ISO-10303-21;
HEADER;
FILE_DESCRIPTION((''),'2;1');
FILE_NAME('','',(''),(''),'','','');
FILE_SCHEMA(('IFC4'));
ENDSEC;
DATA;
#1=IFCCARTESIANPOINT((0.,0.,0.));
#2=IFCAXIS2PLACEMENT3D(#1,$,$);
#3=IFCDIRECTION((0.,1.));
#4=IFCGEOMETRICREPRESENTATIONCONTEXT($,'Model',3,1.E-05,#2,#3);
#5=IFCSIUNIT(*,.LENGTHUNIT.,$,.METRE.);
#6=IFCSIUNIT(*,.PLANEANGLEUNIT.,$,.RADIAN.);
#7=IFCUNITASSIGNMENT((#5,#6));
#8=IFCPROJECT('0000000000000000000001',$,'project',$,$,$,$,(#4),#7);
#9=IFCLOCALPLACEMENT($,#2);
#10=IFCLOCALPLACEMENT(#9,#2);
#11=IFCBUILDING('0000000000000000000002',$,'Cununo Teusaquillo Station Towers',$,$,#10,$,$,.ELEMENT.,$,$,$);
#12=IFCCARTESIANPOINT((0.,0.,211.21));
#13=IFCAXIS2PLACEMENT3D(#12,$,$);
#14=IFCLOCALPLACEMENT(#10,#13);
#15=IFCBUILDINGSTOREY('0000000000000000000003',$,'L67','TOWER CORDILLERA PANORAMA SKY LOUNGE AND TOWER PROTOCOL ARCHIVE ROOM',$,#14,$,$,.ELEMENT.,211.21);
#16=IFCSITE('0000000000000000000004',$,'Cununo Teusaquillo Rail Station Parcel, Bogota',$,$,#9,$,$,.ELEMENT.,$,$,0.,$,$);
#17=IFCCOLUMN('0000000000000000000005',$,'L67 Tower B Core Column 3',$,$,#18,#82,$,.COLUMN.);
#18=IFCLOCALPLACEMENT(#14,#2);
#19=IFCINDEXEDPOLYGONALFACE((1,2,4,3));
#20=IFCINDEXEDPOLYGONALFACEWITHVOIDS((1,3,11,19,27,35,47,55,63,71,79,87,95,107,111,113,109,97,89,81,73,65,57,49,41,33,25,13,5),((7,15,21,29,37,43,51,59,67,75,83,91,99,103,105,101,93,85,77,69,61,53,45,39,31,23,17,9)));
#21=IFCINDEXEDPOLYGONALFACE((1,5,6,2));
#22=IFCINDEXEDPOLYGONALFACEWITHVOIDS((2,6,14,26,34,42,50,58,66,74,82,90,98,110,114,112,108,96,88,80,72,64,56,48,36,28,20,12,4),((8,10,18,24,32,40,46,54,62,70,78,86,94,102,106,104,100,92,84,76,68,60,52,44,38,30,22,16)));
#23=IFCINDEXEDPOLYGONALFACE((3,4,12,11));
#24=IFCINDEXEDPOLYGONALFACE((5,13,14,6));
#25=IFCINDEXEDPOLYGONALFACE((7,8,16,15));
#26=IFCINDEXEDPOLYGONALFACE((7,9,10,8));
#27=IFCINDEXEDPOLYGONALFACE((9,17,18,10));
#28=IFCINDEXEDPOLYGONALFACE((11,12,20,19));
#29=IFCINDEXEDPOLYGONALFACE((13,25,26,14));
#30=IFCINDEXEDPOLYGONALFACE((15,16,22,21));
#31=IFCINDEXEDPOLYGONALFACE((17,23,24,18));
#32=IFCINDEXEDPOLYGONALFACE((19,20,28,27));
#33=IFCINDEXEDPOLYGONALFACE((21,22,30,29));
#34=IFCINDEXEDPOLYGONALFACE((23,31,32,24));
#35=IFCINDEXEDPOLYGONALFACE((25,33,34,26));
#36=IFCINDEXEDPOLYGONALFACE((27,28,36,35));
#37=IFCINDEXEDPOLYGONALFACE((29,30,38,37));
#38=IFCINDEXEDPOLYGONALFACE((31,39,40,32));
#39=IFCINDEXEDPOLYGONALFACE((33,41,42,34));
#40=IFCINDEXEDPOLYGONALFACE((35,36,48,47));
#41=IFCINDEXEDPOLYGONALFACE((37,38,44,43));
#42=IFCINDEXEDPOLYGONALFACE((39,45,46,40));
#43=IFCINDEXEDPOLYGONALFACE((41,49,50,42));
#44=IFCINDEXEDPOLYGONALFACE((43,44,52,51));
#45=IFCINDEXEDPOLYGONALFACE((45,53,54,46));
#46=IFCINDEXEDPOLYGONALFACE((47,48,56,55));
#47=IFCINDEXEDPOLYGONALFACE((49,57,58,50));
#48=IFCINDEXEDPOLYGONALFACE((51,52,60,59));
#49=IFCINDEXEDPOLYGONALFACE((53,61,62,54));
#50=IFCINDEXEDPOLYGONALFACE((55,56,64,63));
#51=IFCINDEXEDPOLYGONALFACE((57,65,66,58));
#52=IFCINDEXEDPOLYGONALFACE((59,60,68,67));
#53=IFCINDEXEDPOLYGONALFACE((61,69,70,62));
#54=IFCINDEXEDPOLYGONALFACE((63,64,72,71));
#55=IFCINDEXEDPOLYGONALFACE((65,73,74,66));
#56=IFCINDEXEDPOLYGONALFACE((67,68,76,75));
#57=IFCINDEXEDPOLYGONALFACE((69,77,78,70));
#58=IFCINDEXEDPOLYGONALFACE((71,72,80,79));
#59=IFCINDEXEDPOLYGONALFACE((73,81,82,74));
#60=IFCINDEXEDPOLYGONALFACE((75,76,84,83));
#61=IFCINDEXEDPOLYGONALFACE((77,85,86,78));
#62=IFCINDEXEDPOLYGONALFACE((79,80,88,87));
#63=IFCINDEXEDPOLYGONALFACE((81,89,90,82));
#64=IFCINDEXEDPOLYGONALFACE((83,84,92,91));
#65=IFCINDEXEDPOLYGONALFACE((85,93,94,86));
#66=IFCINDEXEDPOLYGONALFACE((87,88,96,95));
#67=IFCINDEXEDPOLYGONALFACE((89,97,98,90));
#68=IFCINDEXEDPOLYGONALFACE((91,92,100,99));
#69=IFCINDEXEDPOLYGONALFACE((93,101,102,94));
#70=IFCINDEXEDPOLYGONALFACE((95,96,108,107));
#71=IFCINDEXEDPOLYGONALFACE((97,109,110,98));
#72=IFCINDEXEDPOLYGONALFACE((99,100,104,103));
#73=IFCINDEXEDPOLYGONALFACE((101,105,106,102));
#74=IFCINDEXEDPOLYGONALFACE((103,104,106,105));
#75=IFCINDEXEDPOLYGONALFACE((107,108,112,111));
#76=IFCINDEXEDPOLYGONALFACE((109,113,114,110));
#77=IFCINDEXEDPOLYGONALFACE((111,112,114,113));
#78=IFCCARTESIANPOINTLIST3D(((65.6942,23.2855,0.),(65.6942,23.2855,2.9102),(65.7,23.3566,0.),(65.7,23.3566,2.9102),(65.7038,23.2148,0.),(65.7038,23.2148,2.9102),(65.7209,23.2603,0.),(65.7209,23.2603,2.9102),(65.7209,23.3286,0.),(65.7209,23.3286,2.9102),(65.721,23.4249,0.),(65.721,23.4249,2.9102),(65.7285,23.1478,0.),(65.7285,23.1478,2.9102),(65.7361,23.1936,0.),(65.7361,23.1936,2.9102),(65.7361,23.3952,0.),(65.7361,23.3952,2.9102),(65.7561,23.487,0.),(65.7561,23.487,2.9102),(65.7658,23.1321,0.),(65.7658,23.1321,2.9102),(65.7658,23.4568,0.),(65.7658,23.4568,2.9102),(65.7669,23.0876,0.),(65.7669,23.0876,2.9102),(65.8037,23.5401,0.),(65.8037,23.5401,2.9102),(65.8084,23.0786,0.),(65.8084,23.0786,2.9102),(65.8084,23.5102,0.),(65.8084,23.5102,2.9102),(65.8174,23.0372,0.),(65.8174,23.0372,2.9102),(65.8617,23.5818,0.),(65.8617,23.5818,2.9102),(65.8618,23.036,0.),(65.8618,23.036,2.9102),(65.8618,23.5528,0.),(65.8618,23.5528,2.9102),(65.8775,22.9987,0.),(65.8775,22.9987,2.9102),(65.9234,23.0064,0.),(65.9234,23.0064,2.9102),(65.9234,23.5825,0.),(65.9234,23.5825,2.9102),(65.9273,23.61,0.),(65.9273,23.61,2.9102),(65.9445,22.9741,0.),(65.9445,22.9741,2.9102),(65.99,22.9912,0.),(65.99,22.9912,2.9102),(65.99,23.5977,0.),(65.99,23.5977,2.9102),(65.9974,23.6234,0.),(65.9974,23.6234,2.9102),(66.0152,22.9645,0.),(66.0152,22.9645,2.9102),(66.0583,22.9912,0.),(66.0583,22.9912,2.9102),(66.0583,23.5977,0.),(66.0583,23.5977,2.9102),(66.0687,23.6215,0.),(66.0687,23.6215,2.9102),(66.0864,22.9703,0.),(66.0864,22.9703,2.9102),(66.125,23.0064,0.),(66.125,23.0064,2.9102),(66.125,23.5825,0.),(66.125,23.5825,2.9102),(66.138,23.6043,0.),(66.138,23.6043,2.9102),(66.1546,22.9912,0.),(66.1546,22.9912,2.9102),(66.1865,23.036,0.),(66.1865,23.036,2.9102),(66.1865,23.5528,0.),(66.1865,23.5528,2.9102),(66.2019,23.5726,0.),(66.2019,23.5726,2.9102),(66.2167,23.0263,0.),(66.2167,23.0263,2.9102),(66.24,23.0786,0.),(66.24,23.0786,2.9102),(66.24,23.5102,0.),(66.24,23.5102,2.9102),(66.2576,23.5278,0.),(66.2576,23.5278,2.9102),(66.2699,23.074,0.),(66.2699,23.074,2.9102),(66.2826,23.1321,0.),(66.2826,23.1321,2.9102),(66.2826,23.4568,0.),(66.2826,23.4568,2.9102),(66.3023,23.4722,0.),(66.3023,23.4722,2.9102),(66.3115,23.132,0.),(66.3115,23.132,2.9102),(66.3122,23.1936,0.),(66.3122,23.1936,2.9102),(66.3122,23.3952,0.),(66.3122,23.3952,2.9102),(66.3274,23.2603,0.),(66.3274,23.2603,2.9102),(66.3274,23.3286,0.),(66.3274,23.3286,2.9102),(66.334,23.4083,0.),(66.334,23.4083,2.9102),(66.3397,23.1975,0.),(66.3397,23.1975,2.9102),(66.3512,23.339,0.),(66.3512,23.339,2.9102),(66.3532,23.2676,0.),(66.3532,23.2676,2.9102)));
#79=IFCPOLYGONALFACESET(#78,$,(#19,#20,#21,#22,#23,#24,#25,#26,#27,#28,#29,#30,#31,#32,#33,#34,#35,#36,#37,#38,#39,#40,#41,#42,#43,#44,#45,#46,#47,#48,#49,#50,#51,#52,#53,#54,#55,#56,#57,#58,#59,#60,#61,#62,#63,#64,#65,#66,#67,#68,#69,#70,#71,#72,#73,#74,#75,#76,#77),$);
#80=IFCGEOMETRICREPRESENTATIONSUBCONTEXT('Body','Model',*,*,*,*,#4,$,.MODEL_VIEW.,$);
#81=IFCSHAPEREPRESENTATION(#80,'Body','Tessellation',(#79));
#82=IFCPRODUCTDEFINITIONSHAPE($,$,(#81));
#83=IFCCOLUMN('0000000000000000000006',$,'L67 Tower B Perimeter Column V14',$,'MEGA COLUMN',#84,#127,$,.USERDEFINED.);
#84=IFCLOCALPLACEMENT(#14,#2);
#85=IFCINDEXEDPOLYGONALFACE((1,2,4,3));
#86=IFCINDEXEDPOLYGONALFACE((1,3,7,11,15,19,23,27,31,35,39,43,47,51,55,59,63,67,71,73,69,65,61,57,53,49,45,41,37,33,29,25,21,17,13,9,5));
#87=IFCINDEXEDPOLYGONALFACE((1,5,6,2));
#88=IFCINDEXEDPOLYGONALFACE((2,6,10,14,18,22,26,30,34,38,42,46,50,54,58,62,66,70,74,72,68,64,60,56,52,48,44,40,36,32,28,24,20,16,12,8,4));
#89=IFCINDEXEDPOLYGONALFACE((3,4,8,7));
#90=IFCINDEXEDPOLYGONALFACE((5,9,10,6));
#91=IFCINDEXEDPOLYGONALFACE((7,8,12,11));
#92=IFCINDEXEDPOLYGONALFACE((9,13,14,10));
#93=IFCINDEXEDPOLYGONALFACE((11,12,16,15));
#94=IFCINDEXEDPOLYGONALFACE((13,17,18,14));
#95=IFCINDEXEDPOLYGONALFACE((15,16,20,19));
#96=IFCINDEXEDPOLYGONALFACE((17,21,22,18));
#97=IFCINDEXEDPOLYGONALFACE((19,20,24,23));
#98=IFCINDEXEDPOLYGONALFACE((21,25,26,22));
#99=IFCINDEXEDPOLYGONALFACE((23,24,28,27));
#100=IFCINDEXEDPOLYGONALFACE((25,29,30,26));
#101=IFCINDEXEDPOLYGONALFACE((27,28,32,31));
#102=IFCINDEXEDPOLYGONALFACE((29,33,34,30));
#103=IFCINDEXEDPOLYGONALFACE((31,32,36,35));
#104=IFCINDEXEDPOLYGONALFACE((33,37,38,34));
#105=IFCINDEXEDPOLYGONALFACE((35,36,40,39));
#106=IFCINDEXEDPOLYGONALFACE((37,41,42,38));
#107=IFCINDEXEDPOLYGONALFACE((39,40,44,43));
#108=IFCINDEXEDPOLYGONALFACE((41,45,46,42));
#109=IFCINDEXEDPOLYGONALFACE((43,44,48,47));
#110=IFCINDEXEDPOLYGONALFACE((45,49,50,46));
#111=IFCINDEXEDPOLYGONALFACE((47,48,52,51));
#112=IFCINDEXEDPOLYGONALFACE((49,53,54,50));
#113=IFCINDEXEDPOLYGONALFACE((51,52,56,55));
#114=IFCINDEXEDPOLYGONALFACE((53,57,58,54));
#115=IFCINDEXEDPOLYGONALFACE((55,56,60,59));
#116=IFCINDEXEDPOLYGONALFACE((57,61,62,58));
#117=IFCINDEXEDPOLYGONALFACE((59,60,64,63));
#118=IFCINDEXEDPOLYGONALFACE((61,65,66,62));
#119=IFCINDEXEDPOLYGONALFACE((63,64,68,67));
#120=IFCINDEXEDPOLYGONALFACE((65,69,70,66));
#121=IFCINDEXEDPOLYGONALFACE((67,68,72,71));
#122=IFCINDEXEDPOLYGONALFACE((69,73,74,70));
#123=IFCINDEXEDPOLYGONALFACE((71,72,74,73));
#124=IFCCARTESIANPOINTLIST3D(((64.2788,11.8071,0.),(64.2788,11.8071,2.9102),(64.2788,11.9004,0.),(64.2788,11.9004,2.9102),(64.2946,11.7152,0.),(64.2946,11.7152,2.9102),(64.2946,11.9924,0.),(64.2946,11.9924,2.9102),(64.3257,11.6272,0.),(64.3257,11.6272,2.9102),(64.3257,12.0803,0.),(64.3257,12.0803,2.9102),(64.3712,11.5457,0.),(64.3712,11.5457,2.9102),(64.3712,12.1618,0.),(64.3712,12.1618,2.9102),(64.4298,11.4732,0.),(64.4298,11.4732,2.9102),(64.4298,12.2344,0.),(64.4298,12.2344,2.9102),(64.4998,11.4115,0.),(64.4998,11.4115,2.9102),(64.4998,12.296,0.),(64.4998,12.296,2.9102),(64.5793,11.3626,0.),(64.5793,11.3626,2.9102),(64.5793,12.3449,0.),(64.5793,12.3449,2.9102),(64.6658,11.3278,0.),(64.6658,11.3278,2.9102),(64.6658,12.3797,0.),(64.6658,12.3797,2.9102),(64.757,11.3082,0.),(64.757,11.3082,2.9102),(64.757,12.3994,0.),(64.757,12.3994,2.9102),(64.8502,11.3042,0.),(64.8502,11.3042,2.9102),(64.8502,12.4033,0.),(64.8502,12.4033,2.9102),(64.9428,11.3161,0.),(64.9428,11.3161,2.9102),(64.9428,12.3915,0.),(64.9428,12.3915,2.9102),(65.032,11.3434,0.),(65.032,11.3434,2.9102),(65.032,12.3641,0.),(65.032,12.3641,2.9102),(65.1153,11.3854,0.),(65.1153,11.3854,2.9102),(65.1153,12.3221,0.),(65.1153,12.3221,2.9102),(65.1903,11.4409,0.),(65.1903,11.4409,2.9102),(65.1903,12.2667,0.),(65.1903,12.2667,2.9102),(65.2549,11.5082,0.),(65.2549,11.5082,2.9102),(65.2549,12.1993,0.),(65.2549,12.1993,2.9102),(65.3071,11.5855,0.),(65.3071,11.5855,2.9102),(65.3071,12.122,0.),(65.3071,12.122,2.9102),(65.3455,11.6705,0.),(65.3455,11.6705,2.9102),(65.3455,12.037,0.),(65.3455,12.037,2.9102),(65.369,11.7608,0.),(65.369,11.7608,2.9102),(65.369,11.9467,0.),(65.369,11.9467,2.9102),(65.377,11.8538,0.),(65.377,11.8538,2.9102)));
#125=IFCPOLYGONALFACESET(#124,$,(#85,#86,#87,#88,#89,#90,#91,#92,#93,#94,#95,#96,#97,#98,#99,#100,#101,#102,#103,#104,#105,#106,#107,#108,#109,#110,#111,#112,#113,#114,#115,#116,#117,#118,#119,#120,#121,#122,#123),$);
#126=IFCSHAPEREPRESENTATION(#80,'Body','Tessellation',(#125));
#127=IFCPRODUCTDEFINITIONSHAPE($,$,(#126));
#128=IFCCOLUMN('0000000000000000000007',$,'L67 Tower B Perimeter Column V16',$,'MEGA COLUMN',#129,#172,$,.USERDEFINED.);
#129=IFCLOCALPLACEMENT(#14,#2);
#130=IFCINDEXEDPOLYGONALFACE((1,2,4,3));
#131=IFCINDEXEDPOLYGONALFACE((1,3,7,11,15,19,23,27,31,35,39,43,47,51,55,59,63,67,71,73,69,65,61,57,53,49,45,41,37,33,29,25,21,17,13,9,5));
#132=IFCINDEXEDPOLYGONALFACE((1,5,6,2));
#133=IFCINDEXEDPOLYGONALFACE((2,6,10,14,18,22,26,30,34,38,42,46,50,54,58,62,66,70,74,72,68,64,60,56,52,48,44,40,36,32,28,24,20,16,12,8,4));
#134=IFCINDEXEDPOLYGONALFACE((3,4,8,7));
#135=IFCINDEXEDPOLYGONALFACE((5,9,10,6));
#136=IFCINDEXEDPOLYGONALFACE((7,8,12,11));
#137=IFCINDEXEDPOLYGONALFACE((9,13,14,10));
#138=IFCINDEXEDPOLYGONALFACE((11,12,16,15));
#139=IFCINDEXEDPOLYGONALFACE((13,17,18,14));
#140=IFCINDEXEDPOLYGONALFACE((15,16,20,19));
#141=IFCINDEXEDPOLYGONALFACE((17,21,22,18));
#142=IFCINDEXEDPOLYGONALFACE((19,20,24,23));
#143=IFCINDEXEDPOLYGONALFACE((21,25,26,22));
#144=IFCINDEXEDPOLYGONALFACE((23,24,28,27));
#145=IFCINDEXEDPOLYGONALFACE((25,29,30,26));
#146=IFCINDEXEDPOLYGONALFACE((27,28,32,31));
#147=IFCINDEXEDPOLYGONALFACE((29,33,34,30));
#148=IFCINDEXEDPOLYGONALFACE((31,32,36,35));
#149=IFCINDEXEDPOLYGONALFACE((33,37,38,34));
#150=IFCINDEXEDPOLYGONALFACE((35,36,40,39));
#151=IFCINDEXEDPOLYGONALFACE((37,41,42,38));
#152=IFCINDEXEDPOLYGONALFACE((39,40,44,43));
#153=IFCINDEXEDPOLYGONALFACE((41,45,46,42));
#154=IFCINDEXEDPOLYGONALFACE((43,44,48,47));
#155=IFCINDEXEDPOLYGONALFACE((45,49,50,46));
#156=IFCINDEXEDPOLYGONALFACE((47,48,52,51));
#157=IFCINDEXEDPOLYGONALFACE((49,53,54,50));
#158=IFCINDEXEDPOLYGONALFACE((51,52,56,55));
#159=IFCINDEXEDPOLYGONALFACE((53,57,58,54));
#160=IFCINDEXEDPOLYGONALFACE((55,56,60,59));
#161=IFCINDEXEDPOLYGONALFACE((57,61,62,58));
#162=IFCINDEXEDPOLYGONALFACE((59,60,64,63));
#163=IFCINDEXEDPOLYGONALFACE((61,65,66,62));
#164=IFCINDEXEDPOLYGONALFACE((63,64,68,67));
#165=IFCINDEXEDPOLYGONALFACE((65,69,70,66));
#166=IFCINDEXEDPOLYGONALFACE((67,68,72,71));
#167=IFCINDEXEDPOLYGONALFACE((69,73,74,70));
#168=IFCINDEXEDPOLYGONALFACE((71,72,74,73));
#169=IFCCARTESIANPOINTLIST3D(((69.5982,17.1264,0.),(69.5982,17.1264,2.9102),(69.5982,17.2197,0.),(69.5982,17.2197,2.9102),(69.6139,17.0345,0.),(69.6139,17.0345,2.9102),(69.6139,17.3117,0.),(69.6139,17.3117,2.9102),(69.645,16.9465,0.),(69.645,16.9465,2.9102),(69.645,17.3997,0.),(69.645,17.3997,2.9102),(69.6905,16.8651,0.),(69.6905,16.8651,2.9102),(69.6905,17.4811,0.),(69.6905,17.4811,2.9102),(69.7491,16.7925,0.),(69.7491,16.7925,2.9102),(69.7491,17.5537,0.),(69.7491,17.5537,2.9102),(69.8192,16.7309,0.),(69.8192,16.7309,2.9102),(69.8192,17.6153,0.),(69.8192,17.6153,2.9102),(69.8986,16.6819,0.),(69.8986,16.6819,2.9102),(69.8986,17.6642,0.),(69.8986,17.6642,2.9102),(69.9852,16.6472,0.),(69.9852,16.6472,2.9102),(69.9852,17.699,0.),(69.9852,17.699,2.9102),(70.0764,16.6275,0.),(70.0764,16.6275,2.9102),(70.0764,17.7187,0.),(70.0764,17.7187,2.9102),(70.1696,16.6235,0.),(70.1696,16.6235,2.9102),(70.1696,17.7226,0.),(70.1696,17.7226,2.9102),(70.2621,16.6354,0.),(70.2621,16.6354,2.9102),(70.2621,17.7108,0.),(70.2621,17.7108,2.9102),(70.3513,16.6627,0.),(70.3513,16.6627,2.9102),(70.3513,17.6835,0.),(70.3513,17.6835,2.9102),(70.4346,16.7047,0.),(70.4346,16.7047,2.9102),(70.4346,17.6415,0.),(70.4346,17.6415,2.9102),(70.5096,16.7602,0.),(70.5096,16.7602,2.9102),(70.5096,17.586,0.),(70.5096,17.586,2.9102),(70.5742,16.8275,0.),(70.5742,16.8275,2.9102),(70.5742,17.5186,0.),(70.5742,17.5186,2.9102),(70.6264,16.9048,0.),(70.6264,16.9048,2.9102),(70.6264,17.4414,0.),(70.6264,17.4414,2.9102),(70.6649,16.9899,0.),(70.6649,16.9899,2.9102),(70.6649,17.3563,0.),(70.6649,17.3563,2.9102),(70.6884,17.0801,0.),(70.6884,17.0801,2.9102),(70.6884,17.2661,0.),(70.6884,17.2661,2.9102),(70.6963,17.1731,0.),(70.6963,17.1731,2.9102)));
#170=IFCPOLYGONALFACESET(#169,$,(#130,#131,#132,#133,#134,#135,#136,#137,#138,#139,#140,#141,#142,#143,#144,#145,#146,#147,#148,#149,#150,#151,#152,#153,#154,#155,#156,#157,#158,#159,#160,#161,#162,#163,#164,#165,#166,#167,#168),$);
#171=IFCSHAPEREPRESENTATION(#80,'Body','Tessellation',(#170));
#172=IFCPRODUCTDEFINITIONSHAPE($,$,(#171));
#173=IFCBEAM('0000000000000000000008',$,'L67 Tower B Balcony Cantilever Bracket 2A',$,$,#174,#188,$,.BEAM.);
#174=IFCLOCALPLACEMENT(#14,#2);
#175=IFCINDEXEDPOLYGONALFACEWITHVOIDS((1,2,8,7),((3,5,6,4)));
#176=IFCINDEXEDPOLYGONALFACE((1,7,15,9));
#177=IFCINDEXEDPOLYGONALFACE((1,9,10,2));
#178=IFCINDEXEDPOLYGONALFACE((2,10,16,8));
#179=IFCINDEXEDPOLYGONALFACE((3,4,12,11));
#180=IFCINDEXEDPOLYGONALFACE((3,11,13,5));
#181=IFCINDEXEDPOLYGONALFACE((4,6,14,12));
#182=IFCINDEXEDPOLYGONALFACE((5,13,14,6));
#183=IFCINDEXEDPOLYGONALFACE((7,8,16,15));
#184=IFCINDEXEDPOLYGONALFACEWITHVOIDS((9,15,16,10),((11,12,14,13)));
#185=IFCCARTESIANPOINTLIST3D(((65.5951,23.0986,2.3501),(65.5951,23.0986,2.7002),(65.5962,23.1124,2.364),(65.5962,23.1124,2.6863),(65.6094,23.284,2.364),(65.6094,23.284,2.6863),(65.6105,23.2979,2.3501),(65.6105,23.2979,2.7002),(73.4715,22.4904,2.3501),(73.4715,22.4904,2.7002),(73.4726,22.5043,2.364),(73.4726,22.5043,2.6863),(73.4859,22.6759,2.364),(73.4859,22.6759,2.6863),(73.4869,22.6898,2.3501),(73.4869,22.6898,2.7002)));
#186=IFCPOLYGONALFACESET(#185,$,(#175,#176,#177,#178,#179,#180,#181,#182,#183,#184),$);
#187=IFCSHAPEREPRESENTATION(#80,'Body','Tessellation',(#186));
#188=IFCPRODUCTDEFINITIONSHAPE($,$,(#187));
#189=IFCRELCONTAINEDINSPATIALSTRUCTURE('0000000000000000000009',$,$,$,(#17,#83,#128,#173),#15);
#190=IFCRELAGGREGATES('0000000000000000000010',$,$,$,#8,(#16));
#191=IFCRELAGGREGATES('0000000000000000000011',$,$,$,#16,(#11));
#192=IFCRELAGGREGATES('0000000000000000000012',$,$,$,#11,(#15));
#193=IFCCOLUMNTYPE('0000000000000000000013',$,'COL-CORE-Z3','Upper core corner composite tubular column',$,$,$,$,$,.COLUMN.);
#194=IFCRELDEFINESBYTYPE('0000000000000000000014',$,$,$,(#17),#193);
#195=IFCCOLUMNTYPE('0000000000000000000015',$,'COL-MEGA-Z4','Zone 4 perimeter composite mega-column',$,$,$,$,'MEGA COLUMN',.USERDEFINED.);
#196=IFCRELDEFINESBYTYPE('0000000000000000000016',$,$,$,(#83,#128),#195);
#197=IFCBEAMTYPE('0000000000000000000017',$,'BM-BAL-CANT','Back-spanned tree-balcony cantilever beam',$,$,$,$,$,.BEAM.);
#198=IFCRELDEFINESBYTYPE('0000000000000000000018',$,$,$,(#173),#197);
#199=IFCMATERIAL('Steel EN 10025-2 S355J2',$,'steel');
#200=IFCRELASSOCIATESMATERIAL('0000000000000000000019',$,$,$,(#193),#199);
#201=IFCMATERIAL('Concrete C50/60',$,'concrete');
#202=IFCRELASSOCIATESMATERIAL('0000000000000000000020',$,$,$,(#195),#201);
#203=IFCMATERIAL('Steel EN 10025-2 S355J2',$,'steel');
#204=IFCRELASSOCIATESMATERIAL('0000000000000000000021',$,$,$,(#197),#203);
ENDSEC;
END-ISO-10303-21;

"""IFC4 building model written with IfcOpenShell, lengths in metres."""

from ifc_helpers import new_model, si_unit, direction, frame, origin, origin_2d, place, context, subcontext, project, spatial, hollow_rectangle, circle, hollow_circle, extrude, material, material_profile, profile_set, type_object, element, save


model = new_model("IFC4")

# Units and contexts
model_context = context("Model", 3, precision=1e-05, world=origin(), true_north=direction((0.0, 1.0)))
body_context = subcontext(model_context, "Body", "Model", "MODEL_VIEW")
ifc_project = project(units=[si_unit("LENGTHUNIT", "METRE"), si_unit("PLANEANGLEUNIT", "RADIAN")], contexts=[model_context])

# Site, building, storey
site_placement = place(None, origin())
site = spatial("IfcSite", under=ifc_project, at=site_placement, Name="Cununo Teusaquillo Rail Station Parcel, Bogota", CompositionType="ELEMENT", RefElevation=0.0)
building_placement = place(site_placement, origin())
building = spatial("IfcBuilding", under=site, at=building_placement, Name="Cununo Teusaquillo Station Towers", CompositionType="ELEMENT")
storey_placement = place(building_placement, frame((0.0, 0.0, 211.21)))
storey = spatial("IfcBuildingStorey", under=building, at=storey_placement, Name="L67", Description="TOWER CORDILLERA PANORAMA SKY LOUNGE AND TOWER PROTOCOL ARCHIVE ROOM", CompositionType="ELEMENT", Elevation=211.21)

# Columns
ifc_material_1 = material(Name="Steel EN 10025-2 S355J2", Category="steel")
ifc_material_profile_1 = material_profile(ifc_material_1, hollow_circle(Radius=0.3301, WallThickness=0.0249, at=origin_2d()), Name="CHS 660x25")
ifc_profile_set_1 = profile_set([ifc_material_profile_1], Name="Steel EN 10025-2 S355J2")
column_type_1 = type_object("IfcColumnType", Name="COL-CORE-Z3", Description="Upper core corner composite tubular column", PredefinedType="COLUMN", material=ifc_profile_set_1)
column_placement = place(storey_placement, frame((66.0242, 23.2944, 0.0), z_axis=(0.0, 0.0, 1.0), x_axis=(0.707107, 0.707107, 0.0)))
element("IfcColumn", 1, at=column_placement, inside=storey, type_object=column_type_1, Name="L67 Tower B Core Column 3", PredefinedType="COLUMN", context=body_context, shape_type="SweptSolid", body=[
    extrude(hollow_circle(Radius=0.3301, WallThickness=0.0249, at=origin_2d()), origin(), (0.0, 0.0, 1.0), 2.9102),
])
ifc_material_2 = material(Name="Concrete C50/60", Category="concrete")
ifc_material_profile_2 = material_profile(ifc_material_2, circle(Radius=0.55, at=origin_2d()), Name="RC-CIRC-1100")
ifc_profile_set_2 = profile_set([ifc_material_profile_2], Name="Concrete C50/60")
column_type_2 = type_object("IfcColumnType", Name="COL-MEGA-Z4", Description="Zone 4 perimeter composite mega-column", ElementType="MEGA COLUMN", PredefinedType="USERDEFINED", material=ifc_profile_set_2)
for number, where, z_axis, x_axis, name in (
    (2, (64.8269, 11.8538, 0.0), (0.0, 0.0, 1.0), (1.0, 0.0, 0.0), "L67 Tower B Perimeter Column V14"),
    (3, (70.1462, 17.1731, 0.0), (0.0, 0.0, 1.0), (1.0, 0.0, 0.0), "L67 Tower B Perimeter Column V16"),
):
    element("IfcColumn", number, at=place(storey_placement, frame(where, z_axis=z_axis, x_axis=x_axis)), inside=storey, type_object=column_type_2, Name=name, ObjectType="MEGA COLUMN", PredefinedType="USERDEFINED", context=body_context, shape_type="SweptSolid", body=[
        extrude(circle(Radius=0.55, at=origin_2d()), origin(), (0.0, 0.0, 1.0), 2.9102),
    ])

# Beam
ifc_material_3 = material(Name="Steel EN 10025-2 S355J2", Category="steel")
ifc_material_profile_3 = material_profile(ifc_material_3, hollow_rectangle(XDim=0.2, YDim=0.3501, WallThickness=0.0139, at=origin_2d()), Name="RHS 350x200x14")
ifc_profile_set_3 = profile_set([ifc_material_profile_3], Name="Steel EN 10025-2 S355J2")
beam_type_1 = type_object("IfcBeamType", Name="BM-BAL-CANT", Description="Back-spanned tree-balcony cantilever beam", PredefinedType="BEAM", material=ifc_profile_set_3)
beam_1_placement = place(storey_placement, frame((65.6028, 23.1982, 2.5251), z_axis=(0.997032, -0.076982, 0.0), x_axis=(0.076982, 0.997032, 0.0)))
element("IfcBeam", 4, at=beam_1_placement, inside=storey, type_object=beam_type_1, Name="L67 Tower B Balcony Cantilever Bracket 2A", PredefinedType="BEAM", context=body_context, shape_type="SweptSolid", body=[
    extrude(hollow_rectangle(XDim=0.2, YDim=0.3501, WallThickness=0.0139, at=origin_2d()), origin(), (0.0, 0.0, 1.0), 7.8999),
])

save(model, "model.ifc")
